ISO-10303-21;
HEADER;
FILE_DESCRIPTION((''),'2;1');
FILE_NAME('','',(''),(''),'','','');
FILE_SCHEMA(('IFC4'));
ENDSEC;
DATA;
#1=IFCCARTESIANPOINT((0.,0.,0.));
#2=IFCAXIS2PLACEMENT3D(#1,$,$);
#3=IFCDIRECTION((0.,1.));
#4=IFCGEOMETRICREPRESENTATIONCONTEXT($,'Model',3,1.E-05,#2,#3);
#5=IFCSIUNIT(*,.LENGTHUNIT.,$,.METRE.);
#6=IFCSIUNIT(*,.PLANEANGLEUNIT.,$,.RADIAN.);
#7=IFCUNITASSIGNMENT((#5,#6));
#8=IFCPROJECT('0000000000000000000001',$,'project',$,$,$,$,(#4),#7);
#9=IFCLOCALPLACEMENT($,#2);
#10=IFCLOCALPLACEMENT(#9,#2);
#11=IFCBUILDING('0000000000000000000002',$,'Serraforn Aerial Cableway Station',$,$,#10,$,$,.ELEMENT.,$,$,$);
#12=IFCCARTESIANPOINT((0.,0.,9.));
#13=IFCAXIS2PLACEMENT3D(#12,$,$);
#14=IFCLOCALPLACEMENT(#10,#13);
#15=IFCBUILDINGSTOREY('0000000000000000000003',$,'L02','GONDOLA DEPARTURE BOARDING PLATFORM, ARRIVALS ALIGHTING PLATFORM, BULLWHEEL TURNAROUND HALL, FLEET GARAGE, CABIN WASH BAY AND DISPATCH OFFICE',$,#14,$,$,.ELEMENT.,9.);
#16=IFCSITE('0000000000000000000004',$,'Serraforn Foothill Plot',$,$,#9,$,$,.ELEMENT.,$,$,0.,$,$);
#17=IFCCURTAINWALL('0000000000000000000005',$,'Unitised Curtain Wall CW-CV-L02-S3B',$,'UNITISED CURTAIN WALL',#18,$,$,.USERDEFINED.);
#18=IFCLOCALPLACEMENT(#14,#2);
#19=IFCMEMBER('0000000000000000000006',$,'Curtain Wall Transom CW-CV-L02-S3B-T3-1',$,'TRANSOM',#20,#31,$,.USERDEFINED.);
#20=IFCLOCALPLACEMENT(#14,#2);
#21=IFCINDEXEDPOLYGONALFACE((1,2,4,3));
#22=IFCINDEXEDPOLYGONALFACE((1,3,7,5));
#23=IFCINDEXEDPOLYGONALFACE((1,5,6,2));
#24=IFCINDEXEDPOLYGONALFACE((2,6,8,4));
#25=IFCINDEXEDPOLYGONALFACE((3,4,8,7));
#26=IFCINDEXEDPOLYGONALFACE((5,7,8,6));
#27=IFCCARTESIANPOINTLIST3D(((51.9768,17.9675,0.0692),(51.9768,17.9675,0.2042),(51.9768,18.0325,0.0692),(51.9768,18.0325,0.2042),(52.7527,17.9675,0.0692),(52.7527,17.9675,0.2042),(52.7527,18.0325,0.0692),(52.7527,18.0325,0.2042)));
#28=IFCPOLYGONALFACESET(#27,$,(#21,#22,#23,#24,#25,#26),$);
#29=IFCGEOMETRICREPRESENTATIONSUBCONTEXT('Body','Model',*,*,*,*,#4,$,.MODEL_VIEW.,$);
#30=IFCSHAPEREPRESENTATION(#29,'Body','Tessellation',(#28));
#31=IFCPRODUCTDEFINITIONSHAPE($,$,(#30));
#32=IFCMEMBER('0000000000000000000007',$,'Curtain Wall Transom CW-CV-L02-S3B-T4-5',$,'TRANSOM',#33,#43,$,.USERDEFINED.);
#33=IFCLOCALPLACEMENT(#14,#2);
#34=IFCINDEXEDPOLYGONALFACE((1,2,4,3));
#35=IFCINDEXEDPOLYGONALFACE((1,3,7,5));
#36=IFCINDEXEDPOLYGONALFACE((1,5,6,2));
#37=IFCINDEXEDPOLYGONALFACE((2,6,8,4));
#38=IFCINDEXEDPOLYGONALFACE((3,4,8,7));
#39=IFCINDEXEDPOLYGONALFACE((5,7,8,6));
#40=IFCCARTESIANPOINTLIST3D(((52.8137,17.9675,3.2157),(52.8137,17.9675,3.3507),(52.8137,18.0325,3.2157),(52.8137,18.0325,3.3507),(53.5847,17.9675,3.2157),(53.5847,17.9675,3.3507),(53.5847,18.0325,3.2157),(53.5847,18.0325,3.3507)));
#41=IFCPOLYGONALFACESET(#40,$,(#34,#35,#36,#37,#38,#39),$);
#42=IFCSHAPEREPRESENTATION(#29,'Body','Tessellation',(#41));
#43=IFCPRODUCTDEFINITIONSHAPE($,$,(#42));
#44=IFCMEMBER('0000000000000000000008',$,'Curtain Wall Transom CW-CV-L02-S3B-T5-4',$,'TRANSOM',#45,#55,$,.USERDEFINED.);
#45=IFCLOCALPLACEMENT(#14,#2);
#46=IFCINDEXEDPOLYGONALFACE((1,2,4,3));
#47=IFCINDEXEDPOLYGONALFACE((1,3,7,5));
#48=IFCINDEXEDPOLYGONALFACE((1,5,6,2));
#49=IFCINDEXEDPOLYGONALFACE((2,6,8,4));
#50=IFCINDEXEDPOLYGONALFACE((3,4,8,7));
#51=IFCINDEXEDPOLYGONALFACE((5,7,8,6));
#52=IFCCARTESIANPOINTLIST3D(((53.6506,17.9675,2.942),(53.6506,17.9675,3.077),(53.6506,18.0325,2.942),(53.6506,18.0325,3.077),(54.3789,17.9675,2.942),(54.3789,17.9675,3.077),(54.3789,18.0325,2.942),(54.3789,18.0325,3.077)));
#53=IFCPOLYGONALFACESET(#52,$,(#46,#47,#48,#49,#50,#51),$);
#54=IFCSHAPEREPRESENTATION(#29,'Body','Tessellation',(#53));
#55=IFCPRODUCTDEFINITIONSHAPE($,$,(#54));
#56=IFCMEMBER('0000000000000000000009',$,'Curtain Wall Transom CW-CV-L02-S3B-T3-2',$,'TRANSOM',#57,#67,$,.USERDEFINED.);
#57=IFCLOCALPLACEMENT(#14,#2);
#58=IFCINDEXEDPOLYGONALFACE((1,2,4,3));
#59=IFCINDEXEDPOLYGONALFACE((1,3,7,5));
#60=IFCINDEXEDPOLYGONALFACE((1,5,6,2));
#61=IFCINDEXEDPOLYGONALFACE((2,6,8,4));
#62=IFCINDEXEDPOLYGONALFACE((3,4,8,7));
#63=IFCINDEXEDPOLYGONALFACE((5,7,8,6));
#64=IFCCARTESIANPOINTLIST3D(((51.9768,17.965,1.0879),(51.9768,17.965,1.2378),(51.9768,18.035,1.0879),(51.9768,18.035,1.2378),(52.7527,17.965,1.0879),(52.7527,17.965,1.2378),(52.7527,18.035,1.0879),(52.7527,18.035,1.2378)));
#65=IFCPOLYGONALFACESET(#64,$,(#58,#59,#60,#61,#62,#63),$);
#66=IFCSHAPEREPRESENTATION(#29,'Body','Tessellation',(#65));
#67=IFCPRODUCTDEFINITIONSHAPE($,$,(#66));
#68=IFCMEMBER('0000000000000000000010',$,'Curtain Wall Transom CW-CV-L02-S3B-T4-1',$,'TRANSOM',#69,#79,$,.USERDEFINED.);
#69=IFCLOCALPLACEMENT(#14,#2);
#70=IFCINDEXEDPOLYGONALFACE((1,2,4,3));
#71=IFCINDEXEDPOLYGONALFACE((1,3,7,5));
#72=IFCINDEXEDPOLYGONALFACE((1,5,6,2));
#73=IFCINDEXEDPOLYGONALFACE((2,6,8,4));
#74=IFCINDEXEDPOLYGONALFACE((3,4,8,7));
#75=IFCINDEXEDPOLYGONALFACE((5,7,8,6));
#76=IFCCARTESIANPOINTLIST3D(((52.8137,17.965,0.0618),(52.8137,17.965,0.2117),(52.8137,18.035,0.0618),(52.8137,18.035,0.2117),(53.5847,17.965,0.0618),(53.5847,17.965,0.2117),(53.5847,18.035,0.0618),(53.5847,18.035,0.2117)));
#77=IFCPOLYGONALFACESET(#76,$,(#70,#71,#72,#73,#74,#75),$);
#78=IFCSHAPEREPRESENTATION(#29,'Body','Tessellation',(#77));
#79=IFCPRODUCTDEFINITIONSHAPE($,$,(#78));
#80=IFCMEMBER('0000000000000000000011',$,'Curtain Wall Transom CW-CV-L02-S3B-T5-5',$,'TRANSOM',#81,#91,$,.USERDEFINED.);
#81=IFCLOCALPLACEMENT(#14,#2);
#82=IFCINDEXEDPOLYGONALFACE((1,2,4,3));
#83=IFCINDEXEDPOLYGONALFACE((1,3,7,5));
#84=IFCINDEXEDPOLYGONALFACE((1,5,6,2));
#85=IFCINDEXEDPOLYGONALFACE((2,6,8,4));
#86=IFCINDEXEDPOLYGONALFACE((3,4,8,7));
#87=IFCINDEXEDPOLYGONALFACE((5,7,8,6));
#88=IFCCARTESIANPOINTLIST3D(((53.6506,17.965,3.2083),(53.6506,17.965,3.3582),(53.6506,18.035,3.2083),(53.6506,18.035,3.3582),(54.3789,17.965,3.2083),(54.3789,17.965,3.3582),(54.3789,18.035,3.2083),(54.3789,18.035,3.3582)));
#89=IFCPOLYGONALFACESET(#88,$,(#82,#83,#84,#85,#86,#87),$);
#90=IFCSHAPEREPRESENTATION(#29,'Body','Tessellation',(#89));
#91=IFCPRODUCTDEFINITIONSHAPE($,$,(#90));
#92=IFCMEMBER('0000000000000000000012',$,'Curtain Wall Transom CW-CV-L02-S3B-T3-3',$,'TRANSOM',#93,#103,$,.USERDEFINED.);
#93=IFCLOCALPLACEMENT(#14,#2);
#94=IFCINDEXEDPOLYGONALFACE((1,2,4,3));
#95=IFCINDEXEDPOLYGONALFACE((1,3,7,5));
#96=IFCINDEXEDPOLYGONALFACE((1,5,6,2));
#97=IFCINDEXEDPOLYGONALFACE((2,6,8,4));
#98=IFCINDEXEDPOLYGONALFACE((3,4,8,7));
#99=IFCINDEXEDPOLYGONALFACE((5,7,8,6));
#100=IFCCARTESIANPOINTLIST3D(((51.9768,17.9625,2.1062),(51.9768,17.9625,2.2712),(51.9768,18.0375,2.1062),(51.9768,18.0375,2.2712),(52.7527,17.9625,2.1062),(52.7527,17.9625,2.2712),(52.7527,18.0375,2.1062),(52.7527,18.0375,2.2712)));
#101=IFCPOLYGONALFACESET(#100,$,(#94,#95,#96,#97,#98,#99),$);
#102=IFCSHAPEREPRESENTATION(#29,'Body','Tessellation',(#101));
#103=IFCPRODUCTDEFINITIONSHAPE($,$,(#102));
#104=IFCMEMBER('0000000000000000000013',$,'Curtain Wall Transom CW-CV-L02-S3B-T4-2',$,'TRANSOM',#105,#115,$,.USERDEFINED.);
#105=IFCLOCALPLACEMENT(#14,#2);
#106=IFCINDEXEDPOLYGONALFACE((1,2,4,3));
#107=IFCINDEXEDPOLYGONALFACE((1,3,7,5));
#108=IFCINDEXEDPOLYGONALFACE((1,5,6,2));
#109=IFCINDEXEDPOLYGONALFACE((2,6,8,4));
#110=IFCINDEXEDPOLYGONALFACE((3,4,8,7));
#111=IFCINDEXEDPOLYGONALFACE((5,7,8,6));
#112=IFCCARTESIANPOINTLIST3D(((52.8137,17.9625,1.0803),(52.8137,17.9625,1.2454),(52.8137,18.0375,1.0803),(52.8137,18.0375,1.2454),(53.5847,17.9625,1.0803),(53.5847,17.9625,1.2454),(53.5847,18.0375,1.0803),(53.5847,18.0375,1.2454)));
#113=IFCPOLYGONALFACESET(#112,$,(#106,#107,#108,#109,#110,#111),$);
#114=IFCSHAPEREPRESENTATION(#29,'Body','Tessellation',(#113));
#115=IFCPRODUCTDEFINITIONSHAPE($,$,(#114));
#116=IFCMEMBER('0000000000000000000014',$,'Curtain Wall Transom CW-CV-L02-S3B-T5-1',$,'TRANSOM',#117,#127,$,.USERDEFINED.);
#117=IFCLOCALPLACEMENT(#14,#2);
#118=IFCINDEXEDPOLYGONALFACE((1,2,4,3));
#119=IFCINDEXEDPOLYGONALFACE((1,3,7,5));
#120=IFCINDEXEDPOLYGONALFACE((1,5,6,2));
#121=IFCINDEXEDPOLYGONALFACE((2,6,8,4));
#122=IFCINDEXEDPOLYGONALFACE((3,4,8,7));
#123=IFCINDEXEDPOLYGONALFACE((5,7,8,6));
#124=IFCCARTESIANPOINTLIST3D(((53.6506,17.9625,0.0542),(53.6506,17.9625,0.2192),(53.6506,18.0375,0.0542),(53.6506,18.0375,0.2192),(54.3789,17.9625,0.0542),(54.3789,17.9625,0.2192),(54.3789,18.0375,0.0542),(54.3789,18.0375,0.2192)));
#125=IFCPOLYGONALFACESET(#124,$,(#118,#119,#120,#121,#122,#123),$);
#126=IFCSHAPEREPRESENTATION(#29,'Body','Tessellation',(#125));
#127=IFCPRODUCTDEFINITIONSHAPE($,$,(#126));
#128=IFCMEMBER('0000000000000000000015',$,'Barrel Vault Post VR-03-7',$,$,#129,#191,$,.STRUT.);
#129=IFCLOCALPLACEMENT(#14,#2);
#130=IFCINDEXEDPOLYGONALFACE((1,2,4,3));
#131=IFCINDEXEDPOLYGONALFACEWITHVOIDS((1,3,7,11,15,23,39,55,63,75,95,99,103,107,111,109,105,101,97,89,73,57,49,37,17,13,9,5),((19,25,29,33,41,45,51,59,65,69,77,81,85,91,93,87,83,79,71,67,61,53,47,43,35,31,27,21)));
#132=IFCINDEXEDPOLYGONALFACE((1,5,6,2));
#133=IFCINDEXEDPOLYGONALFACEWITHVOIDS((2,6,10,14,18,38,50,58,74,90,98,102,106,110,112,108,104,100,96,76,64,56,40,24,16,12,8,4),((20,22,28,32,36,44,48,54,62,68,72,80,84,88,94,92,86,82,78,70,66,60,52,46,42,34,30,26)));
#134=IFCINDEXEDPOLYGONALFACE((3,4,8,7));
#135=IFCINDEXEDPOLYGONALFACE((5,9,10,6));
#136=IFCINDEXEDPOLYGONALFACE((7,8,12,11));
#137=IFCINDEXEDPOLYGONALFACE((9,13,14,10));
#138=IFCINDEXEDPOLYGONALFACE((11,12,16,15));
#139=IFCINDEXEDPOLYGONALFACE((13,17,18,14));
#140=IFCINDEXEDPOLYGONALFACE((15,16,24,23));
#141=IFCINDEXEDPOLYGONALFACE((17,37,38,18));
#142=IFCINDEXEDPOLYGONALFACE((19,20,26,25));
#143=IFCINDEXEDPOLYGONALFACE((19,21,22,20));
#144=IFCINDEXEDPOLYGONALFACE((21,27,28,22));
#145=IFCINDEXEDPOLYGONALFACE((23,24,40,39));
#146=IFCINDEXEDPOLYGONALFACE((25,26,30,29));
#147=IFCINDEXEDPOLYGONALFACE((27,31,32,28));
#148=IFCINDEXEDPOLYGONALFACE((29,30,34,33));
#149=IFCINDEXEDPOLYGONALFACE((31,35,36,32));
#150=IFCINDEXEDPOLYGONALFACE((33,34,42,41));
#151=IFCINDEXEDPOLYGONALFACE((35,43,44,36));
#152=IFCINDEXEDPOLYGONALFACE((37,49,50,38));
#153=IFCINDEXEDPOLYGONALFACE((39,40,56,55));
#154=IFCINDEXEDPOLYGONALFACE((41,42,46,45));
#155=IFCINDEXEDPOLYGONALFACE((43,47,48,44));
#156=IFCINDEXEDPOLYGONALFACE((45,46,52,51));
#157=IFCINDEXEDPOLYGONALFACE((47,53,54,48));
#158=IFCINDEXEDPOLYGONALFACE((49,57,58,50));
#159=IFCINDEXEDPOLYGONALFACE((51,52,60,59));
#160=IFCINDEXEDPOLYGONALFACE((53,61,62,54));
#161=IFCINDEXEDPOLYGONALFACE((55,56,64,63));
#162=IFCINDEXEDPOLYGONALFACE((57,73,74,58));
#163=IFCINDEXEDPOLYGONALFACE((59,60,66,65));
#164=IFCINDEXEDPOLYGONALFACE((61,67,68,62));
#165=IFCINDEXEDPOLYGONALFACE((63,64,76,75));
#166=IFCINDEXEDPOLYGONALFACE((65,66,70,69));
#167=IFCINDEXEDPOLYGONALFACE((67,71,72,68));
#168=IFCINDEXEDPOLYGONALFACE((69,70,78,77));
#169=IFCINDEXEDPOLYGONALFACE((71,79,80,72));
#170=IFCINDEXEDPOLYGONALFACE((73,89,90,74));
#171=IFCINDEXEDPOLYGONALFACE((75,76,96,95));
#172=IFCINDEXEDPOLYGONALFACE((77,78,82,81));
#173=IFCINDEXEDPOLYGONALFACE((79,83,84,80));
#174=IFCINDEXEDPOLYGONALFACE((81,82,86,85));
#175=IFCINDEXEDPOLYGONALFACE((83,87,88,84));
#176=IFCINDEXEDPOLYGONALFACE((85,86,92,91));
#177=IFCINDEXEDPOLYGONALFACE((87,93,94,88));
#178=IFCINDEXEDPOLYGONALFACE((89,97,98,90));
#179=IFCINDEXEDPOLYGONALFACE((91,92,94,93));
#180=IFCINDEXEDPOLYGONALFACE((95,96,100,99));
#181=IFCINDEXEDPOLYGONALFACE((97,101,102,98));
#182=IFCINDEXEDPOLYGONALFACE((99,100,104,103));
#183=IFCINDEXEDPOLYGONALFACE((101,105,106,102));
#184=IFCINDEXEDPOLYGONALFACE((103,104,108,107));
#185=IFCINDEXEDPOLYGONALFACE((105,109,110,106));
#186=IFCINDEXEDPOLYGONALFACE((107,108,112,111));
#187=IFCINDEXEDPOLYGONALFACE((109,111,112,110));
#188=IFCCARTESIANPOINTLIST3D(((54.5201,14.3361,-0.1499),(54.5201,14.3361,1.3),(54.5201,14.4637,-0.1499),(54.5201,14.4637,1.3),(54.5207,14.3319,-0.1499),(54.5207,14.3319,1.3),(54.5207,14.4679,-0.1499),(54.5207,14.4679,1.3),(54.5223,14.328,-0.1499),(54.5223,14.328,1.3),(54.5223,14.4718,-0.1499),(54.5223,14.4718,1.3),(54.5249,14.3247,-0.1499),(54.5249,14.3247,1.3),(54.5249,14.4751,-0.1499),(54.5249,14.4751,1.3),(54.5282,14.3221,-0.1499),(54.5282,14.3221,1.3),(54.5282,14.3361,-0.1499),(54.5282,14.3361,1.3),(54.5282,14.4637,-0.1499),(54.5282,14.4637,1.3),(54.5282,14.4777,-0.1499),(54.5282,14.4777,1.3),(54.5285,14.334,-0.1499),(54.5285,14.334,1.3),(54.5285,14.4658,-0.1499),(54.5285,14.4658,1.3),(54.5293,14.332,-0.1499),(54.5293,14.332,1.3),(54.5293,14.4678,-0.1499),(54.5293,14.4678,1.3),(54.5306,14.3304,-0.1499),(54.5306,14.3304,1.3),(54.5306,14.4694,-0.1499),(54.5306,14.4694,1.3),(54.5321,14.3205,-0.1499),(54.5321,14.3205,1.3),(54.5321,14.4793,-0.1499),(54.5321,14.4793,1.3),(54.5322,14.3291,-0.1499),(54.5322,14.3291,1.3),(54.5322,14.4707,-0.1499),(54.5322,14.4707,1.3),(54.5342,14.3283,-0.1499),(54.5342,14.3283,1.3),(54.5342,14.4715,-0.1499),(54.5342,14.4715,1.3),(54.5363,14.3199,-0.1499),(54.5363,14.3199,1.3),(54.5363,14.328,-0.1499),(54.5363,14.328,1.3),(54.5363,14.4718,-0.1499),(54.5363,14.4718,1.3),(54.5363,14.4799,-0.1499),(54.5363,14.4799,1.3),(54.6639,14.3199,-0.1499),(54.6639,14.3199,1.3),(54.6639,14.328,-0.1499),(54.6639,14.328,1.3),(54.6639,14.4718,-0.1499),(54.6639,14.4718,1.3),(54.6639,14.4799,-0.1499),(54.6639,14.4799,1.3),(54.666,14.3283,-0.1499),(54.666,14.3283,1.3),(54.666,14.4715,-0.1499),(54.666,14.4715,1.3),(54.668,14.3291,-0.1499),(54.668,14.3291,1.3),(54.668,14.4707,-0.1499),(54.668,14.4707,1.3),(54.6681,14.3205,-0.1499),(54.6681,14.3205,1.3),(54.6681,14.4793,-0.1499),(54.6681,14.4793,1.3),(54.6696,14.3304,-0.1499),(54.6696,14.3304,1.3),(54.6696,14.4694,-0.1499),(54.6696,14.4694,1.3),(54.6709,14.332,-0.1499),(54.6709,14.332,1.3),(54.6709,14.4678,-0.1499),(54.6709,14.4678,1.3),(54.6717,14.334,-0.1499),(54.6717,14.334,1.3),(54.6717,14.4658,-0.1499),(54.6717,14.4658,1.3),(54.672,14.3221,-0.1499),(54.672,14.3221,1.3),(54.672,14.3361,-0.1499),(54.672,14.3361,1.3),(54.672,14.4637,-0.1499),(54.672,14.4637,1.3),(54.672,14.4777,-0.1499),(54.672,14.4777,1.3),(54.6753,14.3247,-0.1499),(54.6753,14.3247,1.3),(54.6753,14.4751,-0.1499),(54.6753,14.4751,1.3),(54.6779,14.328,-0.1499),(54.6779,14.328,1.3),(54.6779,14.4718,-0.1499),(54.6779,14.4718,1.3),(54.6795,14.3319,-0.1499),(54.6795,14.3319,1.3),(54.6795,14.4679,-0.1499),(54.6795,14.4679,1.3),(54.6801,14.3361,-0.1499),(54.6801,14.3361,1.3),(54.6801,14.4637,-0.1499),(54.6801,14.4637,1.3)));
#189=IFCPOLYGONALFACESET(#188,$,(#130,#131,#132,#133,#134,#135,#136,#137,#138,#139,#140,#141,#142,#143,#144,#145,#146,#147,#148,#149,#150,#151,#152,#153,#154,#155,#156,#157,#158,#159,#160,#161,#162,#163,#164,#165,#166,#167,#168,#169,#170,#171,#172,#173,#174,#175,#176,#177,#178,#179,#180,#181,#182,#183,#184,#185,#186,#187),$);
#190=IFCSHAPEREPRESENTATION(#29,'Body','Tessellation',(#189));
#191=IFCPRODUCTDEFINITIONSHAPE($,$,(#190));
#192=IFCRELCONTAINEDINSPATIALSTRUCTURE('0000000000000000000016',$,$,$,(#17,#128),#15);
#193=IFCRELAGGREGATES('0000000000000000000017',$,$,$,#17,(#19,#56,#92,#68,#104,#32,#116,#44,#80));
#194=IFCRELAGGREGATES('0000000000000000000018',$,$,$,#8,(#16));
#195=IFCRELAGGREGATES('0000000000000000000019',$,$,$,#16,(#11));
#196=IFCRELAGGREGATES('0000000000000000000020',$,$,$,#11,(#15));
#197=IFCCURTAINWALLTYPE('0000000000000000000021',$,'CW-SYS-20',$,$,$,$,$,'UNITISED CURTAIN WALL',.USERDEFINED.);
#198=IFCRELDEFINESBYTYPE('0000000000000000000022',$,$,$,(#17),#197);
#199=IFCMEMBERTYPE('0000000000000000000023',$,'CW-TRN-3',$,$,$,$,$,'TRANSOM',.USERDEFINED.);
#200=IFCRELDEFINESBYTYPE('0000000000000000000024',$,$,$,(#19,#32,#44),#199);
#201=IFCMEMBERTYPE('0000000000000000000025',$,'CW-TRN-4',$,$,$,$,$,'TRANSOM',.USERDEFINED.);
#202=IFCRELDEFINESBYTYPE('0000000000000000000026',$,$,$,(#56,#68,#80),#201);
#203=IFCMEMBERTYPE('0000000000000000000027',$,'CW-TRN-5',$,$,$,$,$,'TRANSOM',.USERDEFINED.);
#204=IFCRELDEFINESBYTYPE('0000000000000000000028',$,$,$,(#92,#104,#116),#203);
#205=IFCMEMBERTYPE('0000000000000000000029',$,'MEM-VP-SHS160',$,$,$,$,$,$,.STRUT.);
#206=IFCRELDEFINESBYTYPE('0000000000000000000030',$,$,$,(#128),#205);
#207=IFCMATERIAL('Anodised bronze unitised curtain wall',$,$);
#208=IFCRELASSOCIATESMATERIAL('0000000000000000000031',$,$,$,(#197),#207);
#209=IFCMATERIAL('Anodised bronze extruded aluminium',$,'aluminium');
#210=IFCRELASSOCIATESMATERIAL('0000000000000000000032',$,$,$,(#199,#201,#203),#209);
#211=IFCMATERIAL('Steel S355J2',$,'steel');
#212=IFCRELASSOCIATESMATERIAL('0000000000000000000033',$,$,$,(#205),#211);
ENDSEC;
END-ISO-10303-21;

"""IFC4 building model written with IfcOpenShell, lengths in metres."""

from ifc_helpers import new_model, si_unit, direction, frame, origin, origin_2d, place, context, subcontext, project, spatial, rectangle, hollow_rectangle, extrude, material, material_profile, profile_set, type_object, element, aggregate, save


model = new_model("IFC4")

# Units and contexts
model_context = context("Model", 3, precision=1e-05, world=origin(), true_north=direction((0.0, 1.0)))
body_context = subcontext(model_context, "Body", "Model", "MODEL_VIEW")
ifc_project = project(units=[si_unit("LENGTHUNIT", "METRE"), si_unit("PLANEANGLEUNIT", "RADIAN")], contexts=[model_context])

# Site, building, storey
site_placement = place(None, origin())
site = spatial("IfcSite", under=ifc_project, at=site_placement, Name="Serraforn Foothill Plot", CompositionType="ELEMENT", RefElevation=0.0)
building_placement = place(site_placement, origin())
building = spatial("IfcBuilding", under=site, at=building_placement, Name="Serraforn Aerial Cableway Station", CompositionType="ELEMENT")
storey_placement = place(building_placement, frame((0.0, 0.0, 9.0)))
storey = spatial("IfcBuildingStorey", under=building, at=storey_placement, Name="L02", Description="GONDOLA DEPARTURE BOARDING PLATFORM, ARRIVALS ALIGHTING PLATFORM, BULLWHEEL TURNAROUND HALL, FLEET GARAGE, CABIN WASH BAY AND DISPATCH OFFICE", CompositionType="ELEMENT", Elevation=9.0)

# Curtain wall, members
ifc_material_1 = material(Name="Anodised bronze unitised curtain wall")
curtain_wall_type = type_object("IfcCurtainWallType", Name="CW-SYS-20", ElementType="UNITISED CURTAIN WALL", PredefinedType="USERDEFINED", material=ifc_material_1)
curtain_wall_placement = place(storey_placement, origin())
curtain_wall = element("IfcCurtainWall", 1, at=curtain_wall_placement, inside=storey, type_object=curtain_wall_type, Name="Unitised Curtain Wall CW-CV-L02-S3B", ObjectType="UNITISED CURTAIN WALL", PredefinedType="USERDEFINED")
ifc_material_2 = material(Name="Anodised bronze extruded aluminium", Category="aluminium")
ifc_material_profile_1 = material_profile(ifc_material_2, rectangle(XDim=0.0649, YDim=0.135, at=origin_2d()), Name="CW TRANSOM 65x135")
ifc_profile_set_1 = profile_set([ifc_material_profile_1], Name="Anodised bronze extruded aluminium")
member_type_1 = type_object("IfcMemberType", Name="CW-TRN-3", ElementType="TRANSOM", PredefinedType="USERDEFINED", material=ifc_profile_set_1)
member_1_placement = place(storey_placement, frame((51.9768, 18.0, 0.1367), z_axis=(1.0, 0.0, 0.0), x_axis=(0.0, 1.0, 0.0)))
member_1 = element("IfcMember", 2, at=member_1_placement, type_object=member_type_1, Name="Curtain Wall Transom CW-CV-L02-S3B-T3-1", ObjectType="TRANSOM", PredefinedType="USERDEFINED", context=body_context, shape_type="SweptSolid", body=[
    extrude(rectangle(XDim=0.0649, YDim=0.135, at=origin_2d()), origin(), (0.0, 0.0, 1.0), 0.7759),
])
member_2_placement = place(storey_placement, frame((52.8137, 18.0, 3.2832), z_axis=(1.0, 0.0, 0.0), x_axis=(0.0, 1.0, 0.0)))
member_2 = element("IfcMember", 3, at=member_2_placement, type_object=member_type_1, Name="Curtain Wall Transom CW-CV-L02-S3B-T4-5", ObjectType="TRANSOM", PredefinedType="USERDEFINED", context=body_context, shape_type="SweptSolid", body=[
    extrude(rectangle(XDim=0.0649, YDim=0.135, at=origin_2d()), origin(), (0.0, 0.0, 1.0), 0.771),
])
member_3_placement = place(storey_placement, frame((53.6506, 18.0, 3.0095), z_axis=(1.0, 0.0, 0.0), x_axis=(0.0, 1.0, 0.0)))
member_3 = element("IfcMember", 4, at=member_3_placement, type_object=member_type_1, Name="Curtain Wall Transom CW-CV-L02-S3B-T5-4", ObjectType="TRANSOM", PredefinedType="USERDEFINED", context=body_context, shape_type="SweptSolid", body=[
    extrude(rectangle(XDim=0.0649, YDim=0.135, at=origin_2d()), origin(), (0.0, 0.0, 1.0), 0.7283),
])
ifc_material_profile_2 = material_profile(ifc_material_2, rectangle(XDim=0.0701, YDim=0.1499, at=origin_2d()), Name="CW TRANSOM 70x150")
ifc_profile_set_2 = profile_set([ifc_material_profile_2], Name="Anodised bronze extruded aluminium")
member_type_2 = type_object("IfcMemberType", Name="CW-TRN-4", ElementType="TRANSOM", PredefinedType="USERDEFINED", material=ifc_profile_set_2)
member_4_placement = place(storey_placement, frame((51.9768, 18.0, 1.1628), z_axis=(1.0, 0.0, 0.0), x_axis=(0.0, 1.0, 0.0)))
member_4 = element("IfcMember", 5, at=member_4_placement, type_object=member_type_2, Name="Curtain Wall Transom CW-CV-L02-S3B-T3-2", ObjectType="TRANSOM", PredefinedType="USERDEFINED", context=body_context, shape_type="SweptSolid", body=[
    extrude(rectangle(XDim=0.0701, YDim=0.1499, at=origin_2d()), origin(), (0.0, 0.0, 1.0), 0.7759),
])
member_5_placement = place(storey_placement, frame((52.8137, 18.0, 0.1367), z_axis=(1.0, 0.0, 0.0), x_axis=(0.0, 1.0, 0.0)))
member_5 = element("IfcMember", 6, at=member_5_placement, type_object=member_type_2, Name="Curtain Wall Transom CW-CV-L02-S3B-T4-1", ObjectType="TRANSOM", PredefinedType="USERDEFINED", context=body_context, shape_type="SweptSolid", body=[
    extrude(rectangle(XDim=0.0701, YDim=0.1499, at=origin_2d()), origin(), (0.0, 0.0, 1.0), 0.771),
])
member_6_placement = place(storey_placement, frame((53.6506, 18.0, 3.2832), z_axis=(1.0, 0.0, 0.0), x_axis=(0.0, 1.0, 0.0)))
member_6 = element("IfcMember", 7, at=member_6_placement, type_object=member_type_2, Name="Curtain Wall Transom CW-CV-L02-S3B-T5-5", ObjectType="TRANSOM", PredefinedType="USERDEFINED", context=body_context, shape_type="SweptSolid", body=[
    extrude(rectangle(XDim=0.0701, YDim=0.1499, at=origin_2d()), origin(), (0.0, 0.0, 1.0), 0.7283),
])
ifc_material_profile_3 = material_profile(ifc_material_2, rectangle(XDim=0.075, YDim=0.165, at=origin_2d()), Name="CW TRANSOM 75x165")
ifc_profile_set_3 = profile_set([ifc_material_profile_3], Name="Anodised bronze extruded aluminium")
member_type_3 = type_object("IfcMemberType", Name="CW-TRN-5", ElementType="TRANSOM", PredefinedType="USERDEFINED", material=ifc_profile_set_3)
member_7_placement = place(storey_placement, frame((51.9768, 18.0, 2.1887), z_axis=(1.0, 0.0, 0.0), x_axis=(0.0, 1.0, 0.0)))
member_7 = element("IfcMember", 8, at=member_7_placement, type_object=member_type_3, Name="Curtain Wall Transom CW-CV-L02-S3B-T3-3", ObjectType="TRANSOM", PredefinedType="USERDEFINED", context=body_context, shape_type="SweptSolid", body=[
    extrude(rectangle(XDim=0.075, YDim=0.165, at=origin_2d()), origin(), (0.0, 0.0, 1.0), 0.7759),
])
member_8_placement = place(storey_placement, frame((52.8137, 18.0, 1.1628), z_axis=(1.0, 0.0, 0.0), x_axis=(0.0, 1.0, 0.0)))
member_8 = element("IfcMember", 9, at=member_8_placement, type_object=member_type_3, Name="Curtain Wall Transom CW-CV-L02-S3B-T4-2", ObjectType="TRANSOM", PredefinedType="USERDEFINED", context=body_context, shape_type="SweptSolid", body=[
    extrude(rectangle(XDim=0.075, YDim=0.165, at=origin_2d()), origin(), (0.0, 0.0, 1.0), 0.771),
])
member_9_placement = place(storey_placement, frame((53.6506, 18.0, 0.1367), z_axis=(1.0, 0.0, 0.0), x_axis=(0.0, 1.0, 0.0)))
member_9 = element("IfcMember", 10, at=member_9_placement, type_object=member_type_3, Name="Curtain Wall Transom CW-CV-L02-S3B-T5-1", ObjectType="TRANSOM", PredefinedType="USERDEFINED", context=body_context, shape_type="SweptSolid", body=[
    extrude(rectangle(XDim=0.075, YDim=0.165, at=origin_2d()), origin(), (0.0, 0.0, 1.0), 0.7283),
])

# Member
ifc_material_3 = material(Name="Steel S355J2", Category="steel")
ifc_material_profile_4 = material_profile(ifc_material_3, hollow_rectangle(XDim=0.1599, YDim=0.1599, WallThickness=0.0081, InnerFilletRadius=0.0081, OuterFilletRadius=0.0161, at=origin_2d()), Name="SHS 160x160x8.0")
ifc_profile_set_4 = profile_set([ifc_material_profile_4], Name="Steel S355J2")
member_type_4 = type_object("IfcMemberType", Name="MEM-VP-SHS160", PredefinedType="STRUT", material=ifc_profile_set_4)
member_10_placement = place(storey_placement, frame((54.6001, 14.3999, -0.1499), z_axis=(0.0, 0.0, 1.0), x_axis=(1.0, 0.0, 0.0)))
element("IfcMember", 11, at=member_10_placement, inside=storey, type_object=member_type_4, Name="Barrel Vault Post VR-03-7", PredefinedType="STRUT", context=body_context, shape_type="SweptSolid", body=[
    extrude(hollow_rectangle(XDim=0.1599, YDim=0.1599, WallThickness=0.0081, InnerFilletRadius=0.0081, OuterFilletRadius=0.0161, at=origin_2d()), origin(), (0.0, 0.0, 1.0), 1.45),
])

aggregate(curtain_wall, [member_1, member_4, member_7, member_5, member_8, member_2, member_9, member_3, member_6])

save(model, "model.ifc")
